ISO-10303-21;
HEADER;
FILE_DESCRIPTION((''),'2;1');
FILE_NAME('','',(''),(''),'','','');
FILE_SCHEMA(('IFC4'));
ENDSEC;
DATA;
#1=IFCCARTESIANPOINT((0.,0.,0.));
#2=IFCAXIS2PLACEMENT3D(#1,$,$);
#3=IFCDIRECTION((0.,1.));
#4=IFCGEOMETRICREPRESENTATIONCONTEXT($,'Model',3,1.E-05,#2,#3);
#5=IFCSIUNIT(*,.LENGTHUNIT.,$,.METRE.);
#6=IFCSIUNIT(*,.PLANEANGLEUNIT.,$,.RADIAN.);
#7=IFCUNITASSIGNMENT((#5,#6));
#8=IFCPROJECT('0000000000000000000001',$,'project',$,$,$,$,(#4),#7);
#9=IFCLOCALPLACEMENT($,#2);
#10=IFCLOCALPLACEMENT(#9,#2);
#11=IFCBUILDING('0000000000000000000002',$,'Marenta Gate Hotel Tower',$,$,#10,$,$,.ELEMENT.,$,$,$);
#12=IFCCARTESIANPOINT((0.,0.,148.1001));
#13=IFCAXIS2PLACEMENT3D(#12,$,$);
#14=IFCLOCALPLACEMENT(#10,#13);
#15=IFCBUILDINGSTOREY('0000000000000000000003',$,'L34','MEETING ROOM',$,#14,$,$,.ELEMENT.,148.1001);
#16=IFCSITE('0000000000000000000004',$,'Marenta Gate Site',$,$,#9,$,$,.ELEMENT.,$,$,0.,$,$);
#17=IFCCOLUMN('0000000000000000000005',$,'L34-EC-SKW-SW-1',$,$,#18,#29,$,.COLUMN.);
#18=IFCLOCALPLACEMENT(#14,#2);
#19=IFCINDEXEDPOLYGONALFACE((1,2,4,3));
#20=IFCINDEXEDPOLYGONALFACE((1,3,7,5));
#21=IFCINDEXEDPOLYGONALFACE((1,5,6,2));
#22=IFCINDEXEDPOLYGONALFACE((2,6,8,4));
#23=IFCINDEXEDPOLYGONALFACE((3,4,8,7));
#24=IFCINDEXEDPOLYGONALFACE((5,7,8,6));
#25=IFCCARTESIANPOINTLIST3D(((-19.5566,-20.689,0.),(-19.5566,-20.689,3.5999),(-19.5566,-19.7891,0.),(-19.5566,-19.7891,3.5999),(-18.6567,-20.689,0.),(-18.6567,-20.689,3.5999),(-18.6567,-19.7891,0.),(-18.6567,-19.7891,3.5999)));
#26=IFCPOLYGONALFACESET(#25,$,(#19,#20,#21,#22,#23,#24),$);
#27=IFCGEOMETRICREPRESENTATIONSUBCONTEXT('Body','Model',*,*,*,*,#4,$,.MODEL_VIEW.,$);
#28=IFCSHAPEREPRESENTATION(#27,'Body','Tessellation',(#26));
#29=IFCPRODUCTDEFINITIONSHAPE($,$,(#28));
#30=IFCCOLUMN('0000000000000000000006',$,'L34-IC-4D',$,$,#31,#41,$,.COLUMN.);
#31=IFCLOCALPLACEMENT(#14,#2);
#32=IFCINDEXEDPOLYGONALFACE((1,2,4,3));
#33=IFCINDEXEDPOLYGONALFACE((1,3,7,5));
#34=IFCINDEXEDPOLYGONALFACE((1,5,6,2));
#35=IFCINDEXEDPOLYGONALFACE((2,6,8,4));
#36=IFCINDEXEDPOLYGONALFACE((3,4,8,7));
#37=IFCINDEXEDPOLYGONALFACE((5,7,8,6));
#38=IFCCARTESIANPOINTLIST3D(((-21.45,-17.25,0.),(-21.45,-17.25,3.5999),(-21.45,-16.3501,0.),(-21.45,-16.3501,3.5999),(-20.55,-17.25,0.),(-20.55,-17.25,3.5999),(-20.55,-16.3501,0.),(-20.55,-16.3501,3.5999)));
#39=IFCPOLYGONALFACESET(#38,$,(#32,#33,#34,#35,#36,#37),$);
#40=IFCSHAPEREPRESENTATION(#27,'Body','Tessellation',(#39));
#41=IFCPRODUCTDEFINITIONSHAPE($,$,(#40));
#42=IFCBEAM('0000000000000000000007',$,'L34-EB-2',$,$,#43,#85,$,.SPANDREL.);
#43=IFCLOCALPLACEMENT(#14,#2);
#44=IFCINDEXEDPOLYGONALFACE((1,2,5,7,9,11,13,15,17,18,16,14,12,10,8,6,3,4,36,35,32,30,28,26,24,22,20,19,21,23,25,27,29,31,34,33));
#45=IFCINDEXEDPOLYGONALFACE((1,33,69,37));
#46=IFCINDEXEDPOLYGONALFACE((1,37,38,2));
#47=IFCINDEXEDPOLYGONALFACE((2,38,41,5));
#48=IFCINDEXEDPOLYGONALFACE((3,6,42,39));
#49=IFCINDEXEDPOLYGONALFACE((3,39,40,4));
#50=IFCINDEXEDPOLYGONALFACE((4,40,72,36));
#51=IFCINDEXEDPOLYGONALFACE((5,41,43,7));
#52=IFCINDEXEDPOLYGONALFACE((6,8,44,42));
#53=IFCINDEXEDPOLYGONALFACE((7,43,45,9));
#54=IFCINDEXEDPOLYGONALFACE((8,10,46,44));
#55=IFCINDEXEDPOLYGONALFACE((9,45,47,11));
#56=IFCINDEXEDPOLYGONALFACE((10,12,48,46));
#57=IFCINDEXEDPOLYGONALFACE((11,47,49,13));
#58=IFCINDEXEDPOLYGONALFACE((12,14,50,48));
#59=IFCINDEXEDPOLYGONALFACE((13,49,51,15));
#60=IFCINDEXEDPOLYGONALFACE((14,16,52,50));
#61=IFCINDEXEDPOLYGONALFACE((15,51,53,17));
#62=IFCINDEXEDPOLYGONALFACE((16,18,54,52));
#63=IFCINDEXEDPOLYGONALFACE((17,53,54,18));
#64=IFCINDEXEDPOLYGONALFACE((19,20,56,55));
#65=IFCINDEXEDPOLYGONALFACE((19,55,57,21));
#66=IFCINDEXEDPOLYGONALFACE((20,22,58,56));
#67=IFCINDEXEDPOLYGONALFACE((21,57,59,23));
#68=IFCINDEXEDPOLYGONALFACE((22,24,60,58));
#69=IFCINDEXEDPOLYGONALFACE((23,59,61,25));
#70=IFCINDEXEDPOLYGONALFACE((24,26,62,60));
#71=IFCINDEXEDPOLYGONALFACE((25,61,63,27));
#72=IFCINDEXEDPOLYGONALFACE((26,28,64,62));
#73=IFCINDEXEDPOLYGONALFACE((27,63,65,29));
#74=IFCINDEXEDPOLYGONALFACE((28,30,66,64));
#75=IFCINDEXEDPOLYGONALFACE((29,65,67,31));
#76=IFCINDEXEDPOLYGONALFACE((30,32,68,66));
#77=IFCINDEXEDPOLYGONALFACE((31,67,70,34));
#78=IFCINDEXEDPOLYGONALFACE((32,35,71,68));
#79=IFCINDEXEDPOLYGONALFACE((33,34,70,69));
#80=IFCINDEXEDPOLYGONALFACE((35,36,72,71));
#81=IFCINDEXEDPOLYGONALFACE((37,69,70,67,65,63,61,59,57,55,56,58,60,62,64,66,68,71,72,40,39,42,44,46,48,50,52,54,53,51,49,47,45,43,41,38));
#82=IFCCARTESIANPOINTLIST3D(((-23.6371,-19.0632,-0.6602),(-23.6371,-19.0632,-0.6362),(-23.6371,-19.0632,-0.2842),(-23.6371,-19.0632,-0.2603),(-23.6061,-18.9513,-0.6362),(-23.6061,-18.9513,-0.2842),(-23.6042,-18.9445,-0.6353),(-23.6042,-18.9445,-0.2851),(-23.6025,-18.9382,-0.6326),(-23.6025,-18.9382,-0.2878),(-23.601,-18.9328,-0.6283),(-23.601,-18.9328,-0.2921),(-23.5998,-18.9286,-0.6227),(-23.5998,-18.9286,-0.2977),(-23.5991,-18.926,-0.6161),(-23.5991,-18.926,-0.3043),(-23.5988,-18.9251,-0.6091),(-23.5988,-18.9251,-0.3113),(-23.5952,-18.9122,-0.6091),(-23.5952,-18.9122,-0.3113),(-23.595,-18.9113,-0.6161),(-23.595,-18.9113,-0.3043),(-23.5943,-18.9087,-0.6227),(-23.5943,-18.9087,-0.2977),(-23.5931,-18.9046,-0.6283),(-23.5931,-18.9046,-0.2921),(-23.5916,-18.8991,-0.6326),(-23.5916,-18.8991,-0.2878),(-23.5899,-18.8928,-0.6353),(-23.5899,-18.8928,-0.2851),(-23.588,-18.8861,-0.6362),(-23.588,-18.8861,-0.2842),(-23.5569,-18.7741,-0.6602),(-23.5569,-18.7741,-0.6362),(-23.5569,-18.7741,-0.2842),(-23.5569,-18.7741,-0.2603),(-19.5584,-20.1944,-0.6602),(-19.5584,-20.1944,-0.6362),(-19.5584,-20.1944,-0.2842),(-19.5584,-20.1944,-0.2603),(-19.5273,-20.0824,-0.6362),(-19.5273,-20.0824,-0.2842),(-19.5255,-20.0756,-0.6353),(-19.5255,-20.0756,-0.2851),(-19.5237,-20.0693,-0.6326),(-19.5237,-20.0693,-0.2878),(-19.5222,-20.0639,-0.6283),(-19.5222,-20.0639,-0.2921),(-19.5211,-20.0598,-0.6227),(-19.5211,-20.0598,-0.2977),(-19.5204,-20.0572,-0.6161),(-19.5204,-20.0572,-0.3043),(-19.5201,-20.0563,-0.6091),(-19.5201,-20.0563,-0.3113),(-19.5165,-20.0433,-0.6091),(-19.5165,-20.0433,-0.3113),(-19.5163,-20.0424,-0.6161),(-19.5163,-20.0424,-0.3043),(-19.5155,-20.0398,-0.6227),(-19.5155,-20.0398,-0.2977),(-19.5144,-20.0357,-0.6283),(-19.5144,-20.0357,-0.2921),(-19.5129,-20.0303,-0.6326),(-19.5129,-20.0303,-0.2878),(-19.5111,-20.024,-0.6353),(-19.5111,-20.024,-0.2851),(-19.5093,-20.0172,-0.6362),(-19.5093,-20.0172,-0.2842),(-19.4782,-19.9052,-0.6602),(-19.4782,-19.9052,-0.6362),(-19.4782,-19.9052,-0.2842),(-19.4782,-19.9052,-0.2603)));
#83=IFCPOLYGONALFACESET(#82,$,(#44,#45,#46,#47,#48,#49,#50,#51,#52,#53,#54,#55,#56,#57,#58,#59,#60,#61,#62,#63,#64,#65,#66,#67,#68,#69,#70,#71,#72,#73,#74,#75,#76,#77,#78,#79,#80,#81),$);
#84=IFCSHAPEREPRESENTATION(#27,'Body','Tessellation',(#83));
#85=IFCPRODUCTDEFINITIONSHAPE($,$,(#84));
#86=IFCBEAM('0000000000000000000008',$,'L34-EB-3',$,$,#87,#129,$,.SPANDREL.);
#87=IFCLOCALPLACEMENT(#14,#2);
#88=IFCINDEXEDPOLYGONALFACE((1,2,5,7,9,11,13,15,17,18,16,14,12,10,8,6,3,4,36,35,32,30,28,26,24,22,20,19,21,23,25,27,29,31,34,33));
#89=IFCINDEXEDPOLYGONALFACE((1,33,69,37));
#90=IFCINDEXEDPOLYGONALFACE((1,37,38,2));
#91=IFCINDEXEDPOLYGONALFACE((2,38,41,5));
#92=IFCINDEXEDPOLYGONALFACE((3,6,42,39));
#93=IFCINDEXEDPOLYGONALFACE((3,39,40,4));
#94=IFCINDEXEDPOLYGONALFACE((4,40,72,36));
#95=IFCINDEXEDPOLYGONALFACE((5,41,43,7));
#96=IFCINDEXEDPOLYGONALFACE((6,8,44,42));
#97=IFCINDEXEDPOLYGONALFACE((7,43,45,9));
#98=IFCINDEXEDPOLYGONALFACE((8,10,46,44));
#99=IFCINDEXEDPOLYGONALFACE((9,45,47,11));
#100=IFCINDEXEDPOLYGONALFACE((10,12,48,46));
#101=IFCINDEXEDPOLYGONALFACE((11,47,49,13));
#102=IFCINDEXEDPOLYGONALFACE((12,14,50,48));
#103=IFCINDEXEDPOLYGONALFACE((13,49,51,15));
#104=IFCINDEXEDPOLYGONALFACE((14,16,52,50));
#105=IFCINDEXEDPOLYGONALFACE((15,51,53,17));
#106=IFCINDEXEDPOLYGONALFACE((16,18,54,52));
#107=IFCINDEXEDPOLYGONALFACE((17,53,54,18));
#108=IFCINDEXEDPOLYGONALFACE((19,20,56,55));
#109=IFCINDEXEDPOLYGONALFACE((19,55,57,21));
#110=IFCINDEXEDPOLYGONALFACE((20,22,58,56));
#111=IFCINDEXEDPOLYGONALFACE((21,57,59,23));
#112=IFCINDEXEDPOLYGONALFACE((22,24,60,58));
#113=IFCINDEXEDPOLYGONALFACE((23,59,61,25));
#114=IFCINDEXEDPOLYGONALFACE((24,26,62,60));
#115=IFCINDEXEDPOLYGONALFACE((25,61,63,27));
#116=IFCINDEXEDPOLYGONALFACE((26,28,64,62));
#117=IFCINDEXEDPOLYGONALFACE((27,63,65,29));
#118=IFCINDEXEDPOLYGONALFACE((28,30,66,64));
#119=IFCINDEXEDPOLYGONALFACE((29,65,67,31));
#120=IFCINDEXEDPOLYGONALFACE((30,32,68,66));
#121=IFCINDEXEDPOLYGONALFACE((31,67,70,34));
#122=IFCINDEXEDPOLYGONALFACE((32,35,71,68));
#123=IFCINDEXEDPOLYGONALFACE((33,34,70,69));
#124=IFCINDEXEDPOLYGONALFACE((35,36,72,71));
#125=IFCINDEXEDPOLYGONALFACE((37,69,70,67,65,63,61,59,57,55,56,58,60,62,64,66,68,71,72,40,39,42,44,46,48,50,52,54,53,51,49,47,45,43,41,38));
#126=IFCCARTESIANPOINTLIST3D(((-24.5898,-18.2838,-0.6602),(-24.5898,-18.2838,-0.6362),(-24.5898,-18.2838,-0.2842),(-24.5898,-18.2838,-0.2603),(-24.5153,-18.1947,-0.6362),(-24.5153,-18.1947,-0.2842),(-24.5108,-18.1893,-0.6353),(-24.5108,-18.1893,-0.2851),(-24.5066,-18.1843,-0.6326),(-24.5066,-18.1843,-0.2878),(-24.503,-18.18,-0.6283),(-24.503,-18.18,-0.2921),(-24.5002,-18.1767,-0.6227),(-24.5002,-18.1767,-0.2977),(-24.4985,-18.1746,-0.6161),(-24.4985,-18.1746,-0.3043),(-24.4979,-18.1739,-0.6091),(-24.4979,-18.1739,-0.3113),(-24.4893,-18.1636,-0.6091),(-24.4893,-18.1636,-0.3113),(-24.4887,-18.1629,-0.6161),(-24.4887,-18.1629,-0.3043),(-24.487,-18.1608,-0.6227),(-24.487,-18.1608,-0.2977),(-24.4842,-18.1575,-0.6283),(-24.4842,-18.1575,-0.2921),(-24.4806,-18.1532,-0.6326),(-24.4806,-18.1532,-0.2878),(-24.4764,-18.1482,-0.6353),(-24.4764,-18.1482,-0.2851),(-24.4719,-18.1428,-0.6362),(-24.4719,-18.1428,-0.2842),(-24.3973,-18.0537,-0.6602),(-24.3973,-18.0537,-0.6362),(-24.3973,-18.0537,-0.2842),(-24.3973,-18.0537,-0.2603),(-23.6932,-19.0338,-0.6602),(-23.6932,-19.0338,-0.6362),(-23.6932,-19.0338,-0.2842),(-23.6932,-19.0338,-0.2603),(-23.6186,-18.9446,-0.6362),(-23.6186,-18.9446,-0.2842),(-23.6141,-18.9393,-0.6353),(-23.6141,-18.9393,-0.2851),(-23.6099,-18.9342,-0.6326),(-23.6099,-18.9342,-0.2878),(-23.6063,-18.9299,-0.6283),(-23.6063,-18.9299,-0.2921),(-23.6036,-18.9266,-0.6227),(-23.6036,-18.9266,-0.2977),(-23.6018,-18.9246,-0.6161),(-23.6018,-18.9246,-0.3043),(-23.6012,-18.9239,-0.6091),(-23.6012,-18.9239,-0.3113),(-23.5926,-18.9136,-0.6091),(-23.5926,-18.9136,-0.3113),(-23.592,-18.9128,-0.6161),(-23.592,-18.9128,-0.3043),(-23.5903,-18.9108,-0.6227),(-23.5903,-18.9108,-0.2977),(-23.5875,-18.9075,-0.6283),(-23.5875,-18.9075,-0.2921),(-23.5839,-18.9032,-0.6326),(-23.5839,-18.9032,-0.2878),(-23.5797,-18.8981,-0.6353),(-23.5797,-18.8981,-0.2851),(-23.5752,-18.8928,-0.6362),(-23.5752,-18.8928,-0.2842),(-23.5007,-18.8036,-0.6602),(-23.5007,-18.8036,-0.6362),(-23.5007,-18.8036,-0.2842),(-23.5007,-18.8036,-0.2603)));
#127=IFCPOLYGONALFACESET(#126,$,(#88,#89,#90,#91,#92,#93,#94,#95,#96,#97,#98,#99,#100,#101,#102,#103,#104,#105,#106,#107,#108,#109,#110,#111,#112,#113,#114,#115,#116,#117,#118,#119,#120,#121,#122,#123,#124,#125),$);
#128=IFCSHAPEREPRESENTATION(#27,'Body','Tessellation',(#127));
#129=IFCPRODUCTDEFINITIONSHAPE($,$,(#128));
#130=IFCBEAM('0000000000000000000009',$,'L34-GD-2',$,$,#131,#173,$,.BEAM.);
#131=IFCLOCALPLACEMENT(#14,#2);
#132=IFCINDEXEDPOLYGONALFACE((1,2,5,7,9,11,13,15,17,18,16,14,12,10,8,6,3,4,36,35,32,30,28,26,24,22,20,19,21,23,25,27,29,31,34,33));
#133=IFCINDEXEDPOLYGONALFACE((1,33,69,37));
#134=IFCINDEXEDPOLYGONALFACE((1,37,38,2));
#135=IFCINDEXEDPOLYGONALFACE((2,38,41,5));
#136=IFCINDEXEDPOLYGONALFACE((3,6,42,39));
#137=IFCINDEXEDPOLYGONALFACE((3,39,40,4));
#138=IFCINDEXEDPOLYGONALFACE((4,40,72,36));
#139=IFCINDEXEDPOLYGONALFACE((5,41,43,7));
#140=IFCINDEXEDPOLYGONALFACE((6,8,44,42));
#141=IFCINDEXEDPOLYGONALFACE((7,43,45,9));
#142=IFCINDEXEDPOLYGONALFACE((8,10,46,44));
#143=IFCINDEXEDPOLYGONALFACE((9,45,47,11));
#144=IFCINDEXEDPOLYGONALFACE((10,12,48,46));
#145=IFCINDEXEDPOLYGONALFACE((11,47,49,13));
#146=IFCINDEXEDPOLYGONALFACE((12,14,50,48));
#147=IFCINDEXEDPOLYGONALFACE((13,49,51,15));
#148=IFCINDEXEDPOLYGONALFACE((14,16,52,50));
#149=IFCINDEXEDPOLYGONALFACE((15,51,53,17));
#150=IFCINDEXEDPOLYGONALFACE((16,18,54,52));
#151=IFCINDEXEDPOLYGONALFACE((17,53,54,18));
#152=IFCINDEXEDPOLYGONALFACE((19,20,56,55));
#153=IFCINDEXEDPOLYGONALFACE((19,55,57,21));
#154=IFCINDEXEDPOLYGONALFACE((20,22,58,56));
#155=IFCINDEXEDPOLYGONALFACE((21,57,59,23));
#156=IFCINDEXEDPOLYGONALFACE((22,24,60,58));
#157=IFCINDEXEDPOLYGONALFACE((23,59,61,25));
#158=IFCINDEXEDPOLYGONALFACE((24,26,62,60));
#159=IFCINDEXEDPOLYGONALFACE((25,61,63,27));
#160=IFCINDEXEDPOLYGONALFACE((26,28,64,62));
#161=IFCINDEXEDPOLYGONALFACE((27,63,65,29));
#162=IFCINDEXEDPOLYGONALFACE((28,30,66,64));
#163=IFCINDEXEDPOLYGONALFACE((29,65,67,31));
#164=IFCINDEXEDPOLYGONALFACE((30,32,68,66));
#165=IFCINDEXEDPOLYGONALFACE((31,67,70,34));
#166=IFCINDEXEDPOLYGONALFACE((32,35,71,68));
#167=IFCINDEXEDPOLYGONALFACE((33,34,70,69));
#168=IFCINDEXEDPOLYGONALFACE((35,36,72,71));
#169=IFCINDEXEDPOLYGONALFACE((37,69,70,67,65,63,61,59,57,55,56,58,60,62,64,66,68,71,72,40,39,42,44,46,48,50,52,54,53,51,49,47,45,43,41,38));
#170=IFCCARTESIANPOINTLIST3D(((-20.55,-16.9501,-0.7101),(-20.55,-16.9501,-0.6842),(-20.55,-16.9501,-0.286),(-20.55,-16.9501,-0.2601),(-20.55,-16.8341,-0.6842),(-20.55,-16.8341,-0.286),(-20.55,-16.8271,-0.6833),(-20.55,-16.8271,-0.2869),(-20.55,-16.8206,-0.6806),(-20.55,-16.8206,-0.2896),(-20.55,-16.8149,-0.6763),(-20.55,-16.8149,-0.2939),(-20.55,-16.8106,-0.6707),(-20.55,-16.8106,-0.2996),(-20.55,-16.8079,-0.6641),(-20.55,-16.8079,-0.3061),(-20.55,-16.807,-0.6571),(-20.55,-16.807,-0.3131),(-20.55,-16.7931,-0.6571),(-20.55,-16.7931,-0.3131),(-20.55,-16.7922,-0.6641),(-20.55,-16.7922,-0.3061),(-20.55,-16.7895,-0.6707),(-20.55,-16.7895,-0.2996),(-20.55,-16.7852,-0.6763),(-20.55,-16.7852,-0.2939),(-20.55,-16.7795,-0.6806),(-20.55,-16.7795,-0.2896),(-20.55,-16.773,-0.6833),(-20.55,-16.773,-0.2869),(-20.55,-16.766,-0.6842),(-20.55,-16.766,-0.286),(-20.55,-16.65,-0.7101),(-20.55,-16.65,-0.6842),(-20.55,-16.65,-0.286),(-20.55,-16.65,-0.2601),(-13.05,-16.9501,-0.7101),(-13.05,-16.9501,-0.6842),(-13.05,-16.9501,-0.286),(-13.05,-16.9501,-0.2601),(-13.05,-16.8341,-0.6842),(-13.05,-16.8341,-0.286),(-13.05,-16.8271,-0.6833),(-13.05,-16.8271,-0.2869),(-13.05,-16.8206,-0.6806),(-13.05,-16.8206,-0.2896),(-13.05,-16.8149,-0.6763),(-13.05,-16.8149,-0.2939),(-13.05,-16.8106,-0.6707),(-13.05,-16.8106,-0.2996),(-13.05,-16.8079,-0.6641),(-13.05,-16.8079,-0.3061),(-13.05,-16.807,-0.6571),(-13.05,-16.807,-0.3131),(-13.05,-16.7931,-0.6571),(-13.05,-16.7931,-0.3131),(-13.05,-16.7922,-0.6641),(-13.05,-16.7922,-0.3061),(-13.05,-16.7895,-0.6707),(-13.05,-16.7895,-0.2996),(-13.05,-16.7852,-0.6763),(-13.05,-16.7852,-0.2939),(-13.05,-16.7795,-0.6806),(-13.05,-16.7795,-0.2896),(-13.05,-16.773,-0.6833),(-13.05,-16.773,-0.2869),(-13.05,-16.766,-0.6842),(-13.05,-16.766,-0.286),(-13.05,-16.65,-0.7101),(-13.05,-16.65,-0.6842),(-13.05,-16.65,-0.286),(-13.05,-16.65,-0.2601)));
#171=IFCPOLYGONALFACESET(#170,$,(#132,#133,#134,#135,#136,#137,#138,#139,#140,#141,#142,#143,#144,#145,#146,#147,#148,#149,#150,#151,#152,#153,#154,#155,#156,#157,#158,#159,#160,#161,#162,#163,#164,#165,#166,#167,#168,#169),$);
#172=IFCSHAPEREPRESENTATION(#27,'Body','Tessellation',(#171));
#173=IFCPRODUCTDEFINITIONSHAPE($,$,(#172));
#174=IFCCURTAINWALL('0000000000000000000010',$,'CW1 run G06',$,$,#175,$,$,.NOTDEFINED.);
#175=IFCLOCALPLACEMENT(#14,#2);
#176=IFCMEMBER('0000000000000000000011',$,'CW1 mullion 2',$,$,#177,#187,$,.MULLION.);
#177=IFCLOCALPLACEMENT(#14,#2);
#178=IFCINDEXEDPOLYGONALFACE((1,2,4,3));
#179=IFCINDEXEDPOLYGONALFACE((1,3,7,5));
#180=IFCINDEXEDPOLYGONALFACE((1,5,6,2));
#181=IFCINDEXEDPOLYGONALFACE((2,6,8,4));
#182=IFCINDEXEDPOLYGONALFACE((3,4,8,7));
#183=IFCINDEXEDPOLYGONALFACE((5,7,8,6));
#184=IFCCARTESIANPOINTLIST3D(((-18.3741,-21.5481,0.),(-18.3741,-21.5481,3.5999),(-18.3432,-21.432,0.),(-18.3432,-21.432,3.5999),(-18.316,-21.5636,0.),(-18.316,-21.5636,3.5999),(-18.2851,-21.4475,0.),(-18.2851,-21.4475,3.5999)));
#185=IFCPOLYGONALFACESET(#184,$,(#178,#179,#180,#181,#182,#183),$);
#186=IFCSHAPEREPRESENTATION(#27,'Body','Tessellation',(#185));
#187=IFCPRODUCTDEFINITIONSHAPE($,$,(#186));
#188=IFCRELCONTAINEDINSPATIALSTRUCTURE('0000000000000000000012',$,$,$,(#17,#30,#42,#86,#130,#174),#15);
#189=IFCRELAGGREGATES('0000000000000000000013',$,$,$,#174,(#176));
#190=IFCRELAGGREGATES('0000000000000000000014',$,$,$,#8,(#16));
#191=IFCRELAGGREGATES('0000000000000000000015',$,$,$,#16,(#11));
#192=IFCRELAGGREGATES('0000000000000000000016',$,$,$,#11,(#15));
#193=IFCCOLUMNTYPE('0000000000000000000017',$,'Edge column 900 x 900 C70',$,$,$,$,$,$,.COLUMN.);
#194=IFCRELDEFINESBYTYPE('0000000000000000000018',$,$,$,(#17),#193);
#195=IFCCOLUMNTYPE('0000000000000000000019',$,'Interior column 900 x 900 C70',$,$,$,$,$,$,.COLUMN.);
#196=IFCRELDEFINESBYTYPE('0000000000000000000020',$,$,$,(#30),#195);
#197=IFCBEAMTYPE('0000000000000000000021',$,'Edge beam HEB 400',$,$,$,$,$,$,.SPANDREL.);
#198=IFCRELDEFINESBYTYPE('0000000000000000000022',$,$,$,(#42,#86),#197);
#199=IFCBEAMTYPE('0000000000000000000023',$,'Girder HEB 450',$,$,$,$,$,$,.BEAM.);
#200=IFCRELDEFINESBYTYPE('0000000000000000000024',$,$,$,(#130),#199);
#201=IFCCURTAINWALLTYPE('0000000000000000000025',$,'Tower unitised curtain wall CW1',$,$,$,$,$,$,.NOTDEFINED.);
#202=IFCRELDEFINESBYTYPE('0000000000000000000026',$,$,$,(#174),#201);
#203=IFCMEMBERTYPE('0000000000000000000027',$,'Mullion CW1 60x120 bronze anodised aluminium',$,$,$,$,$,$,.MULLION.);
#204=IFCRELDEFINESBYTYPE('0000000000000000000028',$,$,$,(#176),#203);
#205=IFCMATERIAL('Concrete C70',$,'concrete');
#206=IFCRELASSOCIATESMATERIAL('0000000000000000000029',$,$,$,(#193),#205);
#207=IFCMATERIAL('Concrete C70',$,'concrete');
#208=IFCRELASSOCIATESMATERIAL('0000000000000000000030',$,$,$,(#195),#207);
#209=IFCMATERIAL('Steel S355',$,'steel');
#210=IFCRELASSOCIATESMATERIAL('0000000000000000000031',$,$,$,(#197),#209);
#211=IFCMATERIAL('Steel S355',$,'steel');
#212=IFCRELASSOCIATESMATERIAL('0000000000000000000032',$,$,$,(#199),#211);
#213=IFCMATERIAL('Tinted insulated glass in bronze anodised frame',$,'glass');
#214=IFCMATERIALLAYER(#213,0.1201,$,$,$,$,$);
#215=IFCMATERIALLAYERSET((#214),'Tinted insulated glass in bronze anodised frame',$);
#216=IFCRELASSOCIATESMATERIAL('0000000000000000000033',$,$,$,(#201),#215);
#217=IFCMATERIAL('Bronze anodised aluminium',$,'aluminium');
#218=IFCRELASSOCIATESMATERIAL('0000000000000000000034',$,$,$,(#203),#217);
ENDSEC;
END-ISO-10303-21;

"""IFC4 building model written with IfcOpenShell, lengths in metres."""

from ifc_helpers import new_model, si_unit, direction, frame, origin, origin_2d, place, context, subcontext, project, spatial, rectangle, i_section, extrude, material, layer, layer_set, material_profile, profile_set, type_object, element, aggregate, save


model = new_model("IFC4")

# Units and contexts
model_context = context("Model", 3, precision=1e-05, world=origin(), true_north=direction((0.0, 1.0)))
body_context = subcontext(model_context, "Body", "Model", "MODEL_VIEW")
ifc_project = project(units=[si_unit("LENGTHUNIT", "METRE"), si_unit("PLANEANGLEUNIT", "RADIAN")], contexts=[model_context])

# Site, building, storey
site_placement = place(None, origin())
site = spatial("IfcSite", under=ifc_project, at=site_placement, Name="Marenta Gate Site", CompositionType="ELEMENT", RefElevation=0.0)
building_placement = place(site_placement, origin())
building = spatial("IfcBuilding", under=site, at=building_placement, Name="Marenta Gate Hotel Tower", CompositionType="ELEMENT")
storey_placement = place(building_placement, frame((0.0, 0.0, 148.1001)))
storey = spatial("IfcBuildingStorey", under=building, at=storey_placement, Name="L34", Description="MEETING ROOM", CompositionType="ELEMENT", Elevation=148.1001)

# Columns
ifc_material_1 = material(Name="Concrete C70", Category="concrete")
ifc_material_profile_1 = material_profile(ifc_material_1, rectangle(XDim=0.8999, YDim=0.8999, at=origin_2d()), Name="900 x 900")
ifc_profile_set_1 = profile_set([ifc_material_profile_1], Name="Concrete C70")
column_type_1 = type_object("IfcColumnType", Name="Edge column 900 x 900 C70", PredefinedType="COLUMN", material=ifc_profile_set_1)
column_1_placement = place(storey_placement, frame((-19.1067, -20.239, 0.0), z_axis=(0.0, 0.0, 1.0), x_axis=(1.0, 0.0, 0.0)))
element("IfcColumn", 1, at=column_1_placement, inside=storey, type_object=column_type_1, Name="L34-EC-SKW-SW-1", PredefinedType="COLUMN", context=body_context, shape_type="SweptSolid", body=[
    extrude(rectangle(XDim=0.8999, YDim=0.8999, at=origin_2d()), origin(), (0.0, 0.0, 1.0), 3.5999),
])
ifc_material_2 = material(Name="Concrete C70", Category="concrete")
ifc_material_profile_2 = material_profile(ifc_material_2, rectangle(XDim=0.8999, YDim=0.8999, at=origin_2d()), Name="900 x 900")
ifc_profile_set_2 = profile_set([ifc_material_profile_2], Name="Concrete C70")
column_type_2 = type_object("IfcColumnType", Name="Interior column 900 x 900 C70", PredefinedType="COLUMN", material=ifc_profile_set_2)
column_2_placement = place(storey_placement, frame((-21.0, -16.8, 0.0), z_axis=(0.0, 0.0, 1.0), x_axis=(1.0, 0.0, 0.0)))
element("IfcColumn", 2, at=column_2_placement, inside=storey, type_object=column_type_2, Name="L34-IC-4D", PredefinedType="COLUMN", context=body_context, shape_type="SweptSolid", body=[
    extrude(rectangle(XDim=0.8999, YDim=0.8999, at=origin_2d()), origin(), (0.0, 0.0, 1.0), 3.5999),
])

# Beams
ifc_material_3 = material(Name="Steel S355", Category="steel")
ifc_material_profile_3 = material_profile(ifc_material_3, i_section(OverallWidth=0.3, OverallDepth=0.3999, WebThickness=0.0134, FlangeThickness=0.0239, FilletRadius=0.0271, at=origin_2d()), Name="HEB 400")
ifc_profile_set_3 = profile_set([ifc_material_profile_3], Name="Steel S355")
beam_type_1 = type_object("IfcBeamType", Name="Edge beam HEB 400", PredefinedType="SPANDREL", material=ifc_profile_set_3)
beam_1_placement = place(storey_placement, frame((-19.5183, -20.0498, -0.4602), z_axis=(-0.96363, 0.267239, 0.0), x_axis=(-0.267239, -0.96363, 0.0)))
element("IfcBeam", 3, at=beam_1_placement, inside=storey, type_object=beam_type_1, Name="L34-EB-2", PredefinedType="SPANDREL", context=body_context, shape_type="SweptSolid", body=[
    extrude(i_section(OverallWidth=0.3, OverallDepth=0.3999, WebThickness=0.0134, FlangeThickness=0.0239, FilletRadius=0.0271, at=origin_2d()), origin(), (0.0, 0.0, 1.0), 4.2327),
])
beam_2_placement = place(storey_placement, frame((-23.5969, -18.9187, -0.4602), z_axis=(-0.767073, 0.64156, 0.0), x_axis=(-0.64156, -0.767073, 0.0)))
element("IfcBeam", 4, at=beam_2_placement, inside=storey, type_object=beam_type_1, Name="L34-EB-3", PredefinedType="SPANDREL", context=body_context, shape_type="SweptSolid", body=[
    extrude(i_section(OverallWidth=0.3, OverallDepth=0.3999, WebThickness=0.0134, FlangeThickness=0.0239, FilletRadius=0.0271, at=origin_2d()), origin(), (0.0, 0.0, 1.0), 1.1689),
])
ifc_material_4 = material(Name="Steel S355", Category="steel")
ifc_material_profile_4 = material_profile(ifc_material_4, i_section(OverallWidth=0.3, OverallDepth=0.45, WebThickness=0.0139, FlangeThickness=0.0259, FilletRadius=0.0271, at=origin_2d()), Name="HEB 450")
ifc_profile_set_4 = profile_set([ifc_material_profile_4], Name="Steel S355")
beam_type_2 = type_object("IfcBeamType", Name="Girder HEB 450", PredefinedType="BEAM", material=ifc_profile_set_4)
beam_3_placement = place(storey_placement, frame((-20.55, -16.8, -0.4851), z_axis=(1.0, 0.0, 0.0), x_axis=(0.0, 1.0, 0.0)))
element("IfcBeam", 5, at=beam_3_placement, inside=storey, type_object=beam_type_2, Name="L34-GD-2", PredefinedType="BEAM", context=body_context, shape_type="SweptSolid", body=[
    extrude(i_section(OverallWidth=0.3, OverallDepth=0.45, WebThickness=0.0139, FlangeThickness=0.0259, FilletRadius=0.0271, at=origin_2d()), origin(), (0.0, 0.0, 1.0), 7.5),
])

# Curtain wall, member
ifc_material_5 = material(Name="Tinted insulated glass in bronze anodised frame", Category="glass")
ifc_layer_1 = layer(ifc_material_5, 0.1201)
ifc_layer_set_1 = layer_set([ifc_layer_1], Name="Tinted insulated glass in bronze anodised frame")
curtain_wall_type = type_object("IfcCurtainWallType", Name="Tower unitised curtain wall CW1", PredefinedType="NOTDEFINED", material=ifc_layer_set_1)
curtain_wall_placement = place(storey_placement, origin())
curtain_wall = element("IfcCurtainWall", 6, at=curtain_wall_placement, inside=storey, type_object=curtain_wall_type, Name="CW1 run G06", PredefinedType="NOTDEFINED")
ifc_material_6 = material(Name="Bronze anodised aluminium", Category="aluminium")
ifc_material_profile_5 = material_profile(ifc_material_6, rectangle(XDim=0.1201, YDim=0.0601, at=origin_2d()), Name="Mullion CW1 60x120 bronze anodised aluminium")
ifc_profile_set_5 = profile_set([ifc_material_profile_5], Name="Bronze anodised aluminium")
member_type_1 = type_object("IfcMemberType", Name="Mullion CW1 60x120 bronze anodised aluminium", PredefinedType="MULLION", material=ifc_profile_set_5)
member_1_placement = place(storey_placement, frame((-18.3296, -21.4978, 0.0), z_axis=(0.0, 0.0, 1.0), x_axis=(0.257144, 0.966373, 0.0)))
member_1 = element("IfcMember", 7, at=member_1_placement, type_object=member_type_1, Name="CW1 mullion 2", PredefinedType="MULLION", context=body_context, shape_type="SweptSolid", body=[
    extrude(rectangle(XDim=0.1201, YDim=0.0601, at=origin_2d()), origin(), (0.0, 0.0, 1.0), 3.5999),
])
aggregate(curtain_wall, [member_1])

save(model, "model.ifc")
